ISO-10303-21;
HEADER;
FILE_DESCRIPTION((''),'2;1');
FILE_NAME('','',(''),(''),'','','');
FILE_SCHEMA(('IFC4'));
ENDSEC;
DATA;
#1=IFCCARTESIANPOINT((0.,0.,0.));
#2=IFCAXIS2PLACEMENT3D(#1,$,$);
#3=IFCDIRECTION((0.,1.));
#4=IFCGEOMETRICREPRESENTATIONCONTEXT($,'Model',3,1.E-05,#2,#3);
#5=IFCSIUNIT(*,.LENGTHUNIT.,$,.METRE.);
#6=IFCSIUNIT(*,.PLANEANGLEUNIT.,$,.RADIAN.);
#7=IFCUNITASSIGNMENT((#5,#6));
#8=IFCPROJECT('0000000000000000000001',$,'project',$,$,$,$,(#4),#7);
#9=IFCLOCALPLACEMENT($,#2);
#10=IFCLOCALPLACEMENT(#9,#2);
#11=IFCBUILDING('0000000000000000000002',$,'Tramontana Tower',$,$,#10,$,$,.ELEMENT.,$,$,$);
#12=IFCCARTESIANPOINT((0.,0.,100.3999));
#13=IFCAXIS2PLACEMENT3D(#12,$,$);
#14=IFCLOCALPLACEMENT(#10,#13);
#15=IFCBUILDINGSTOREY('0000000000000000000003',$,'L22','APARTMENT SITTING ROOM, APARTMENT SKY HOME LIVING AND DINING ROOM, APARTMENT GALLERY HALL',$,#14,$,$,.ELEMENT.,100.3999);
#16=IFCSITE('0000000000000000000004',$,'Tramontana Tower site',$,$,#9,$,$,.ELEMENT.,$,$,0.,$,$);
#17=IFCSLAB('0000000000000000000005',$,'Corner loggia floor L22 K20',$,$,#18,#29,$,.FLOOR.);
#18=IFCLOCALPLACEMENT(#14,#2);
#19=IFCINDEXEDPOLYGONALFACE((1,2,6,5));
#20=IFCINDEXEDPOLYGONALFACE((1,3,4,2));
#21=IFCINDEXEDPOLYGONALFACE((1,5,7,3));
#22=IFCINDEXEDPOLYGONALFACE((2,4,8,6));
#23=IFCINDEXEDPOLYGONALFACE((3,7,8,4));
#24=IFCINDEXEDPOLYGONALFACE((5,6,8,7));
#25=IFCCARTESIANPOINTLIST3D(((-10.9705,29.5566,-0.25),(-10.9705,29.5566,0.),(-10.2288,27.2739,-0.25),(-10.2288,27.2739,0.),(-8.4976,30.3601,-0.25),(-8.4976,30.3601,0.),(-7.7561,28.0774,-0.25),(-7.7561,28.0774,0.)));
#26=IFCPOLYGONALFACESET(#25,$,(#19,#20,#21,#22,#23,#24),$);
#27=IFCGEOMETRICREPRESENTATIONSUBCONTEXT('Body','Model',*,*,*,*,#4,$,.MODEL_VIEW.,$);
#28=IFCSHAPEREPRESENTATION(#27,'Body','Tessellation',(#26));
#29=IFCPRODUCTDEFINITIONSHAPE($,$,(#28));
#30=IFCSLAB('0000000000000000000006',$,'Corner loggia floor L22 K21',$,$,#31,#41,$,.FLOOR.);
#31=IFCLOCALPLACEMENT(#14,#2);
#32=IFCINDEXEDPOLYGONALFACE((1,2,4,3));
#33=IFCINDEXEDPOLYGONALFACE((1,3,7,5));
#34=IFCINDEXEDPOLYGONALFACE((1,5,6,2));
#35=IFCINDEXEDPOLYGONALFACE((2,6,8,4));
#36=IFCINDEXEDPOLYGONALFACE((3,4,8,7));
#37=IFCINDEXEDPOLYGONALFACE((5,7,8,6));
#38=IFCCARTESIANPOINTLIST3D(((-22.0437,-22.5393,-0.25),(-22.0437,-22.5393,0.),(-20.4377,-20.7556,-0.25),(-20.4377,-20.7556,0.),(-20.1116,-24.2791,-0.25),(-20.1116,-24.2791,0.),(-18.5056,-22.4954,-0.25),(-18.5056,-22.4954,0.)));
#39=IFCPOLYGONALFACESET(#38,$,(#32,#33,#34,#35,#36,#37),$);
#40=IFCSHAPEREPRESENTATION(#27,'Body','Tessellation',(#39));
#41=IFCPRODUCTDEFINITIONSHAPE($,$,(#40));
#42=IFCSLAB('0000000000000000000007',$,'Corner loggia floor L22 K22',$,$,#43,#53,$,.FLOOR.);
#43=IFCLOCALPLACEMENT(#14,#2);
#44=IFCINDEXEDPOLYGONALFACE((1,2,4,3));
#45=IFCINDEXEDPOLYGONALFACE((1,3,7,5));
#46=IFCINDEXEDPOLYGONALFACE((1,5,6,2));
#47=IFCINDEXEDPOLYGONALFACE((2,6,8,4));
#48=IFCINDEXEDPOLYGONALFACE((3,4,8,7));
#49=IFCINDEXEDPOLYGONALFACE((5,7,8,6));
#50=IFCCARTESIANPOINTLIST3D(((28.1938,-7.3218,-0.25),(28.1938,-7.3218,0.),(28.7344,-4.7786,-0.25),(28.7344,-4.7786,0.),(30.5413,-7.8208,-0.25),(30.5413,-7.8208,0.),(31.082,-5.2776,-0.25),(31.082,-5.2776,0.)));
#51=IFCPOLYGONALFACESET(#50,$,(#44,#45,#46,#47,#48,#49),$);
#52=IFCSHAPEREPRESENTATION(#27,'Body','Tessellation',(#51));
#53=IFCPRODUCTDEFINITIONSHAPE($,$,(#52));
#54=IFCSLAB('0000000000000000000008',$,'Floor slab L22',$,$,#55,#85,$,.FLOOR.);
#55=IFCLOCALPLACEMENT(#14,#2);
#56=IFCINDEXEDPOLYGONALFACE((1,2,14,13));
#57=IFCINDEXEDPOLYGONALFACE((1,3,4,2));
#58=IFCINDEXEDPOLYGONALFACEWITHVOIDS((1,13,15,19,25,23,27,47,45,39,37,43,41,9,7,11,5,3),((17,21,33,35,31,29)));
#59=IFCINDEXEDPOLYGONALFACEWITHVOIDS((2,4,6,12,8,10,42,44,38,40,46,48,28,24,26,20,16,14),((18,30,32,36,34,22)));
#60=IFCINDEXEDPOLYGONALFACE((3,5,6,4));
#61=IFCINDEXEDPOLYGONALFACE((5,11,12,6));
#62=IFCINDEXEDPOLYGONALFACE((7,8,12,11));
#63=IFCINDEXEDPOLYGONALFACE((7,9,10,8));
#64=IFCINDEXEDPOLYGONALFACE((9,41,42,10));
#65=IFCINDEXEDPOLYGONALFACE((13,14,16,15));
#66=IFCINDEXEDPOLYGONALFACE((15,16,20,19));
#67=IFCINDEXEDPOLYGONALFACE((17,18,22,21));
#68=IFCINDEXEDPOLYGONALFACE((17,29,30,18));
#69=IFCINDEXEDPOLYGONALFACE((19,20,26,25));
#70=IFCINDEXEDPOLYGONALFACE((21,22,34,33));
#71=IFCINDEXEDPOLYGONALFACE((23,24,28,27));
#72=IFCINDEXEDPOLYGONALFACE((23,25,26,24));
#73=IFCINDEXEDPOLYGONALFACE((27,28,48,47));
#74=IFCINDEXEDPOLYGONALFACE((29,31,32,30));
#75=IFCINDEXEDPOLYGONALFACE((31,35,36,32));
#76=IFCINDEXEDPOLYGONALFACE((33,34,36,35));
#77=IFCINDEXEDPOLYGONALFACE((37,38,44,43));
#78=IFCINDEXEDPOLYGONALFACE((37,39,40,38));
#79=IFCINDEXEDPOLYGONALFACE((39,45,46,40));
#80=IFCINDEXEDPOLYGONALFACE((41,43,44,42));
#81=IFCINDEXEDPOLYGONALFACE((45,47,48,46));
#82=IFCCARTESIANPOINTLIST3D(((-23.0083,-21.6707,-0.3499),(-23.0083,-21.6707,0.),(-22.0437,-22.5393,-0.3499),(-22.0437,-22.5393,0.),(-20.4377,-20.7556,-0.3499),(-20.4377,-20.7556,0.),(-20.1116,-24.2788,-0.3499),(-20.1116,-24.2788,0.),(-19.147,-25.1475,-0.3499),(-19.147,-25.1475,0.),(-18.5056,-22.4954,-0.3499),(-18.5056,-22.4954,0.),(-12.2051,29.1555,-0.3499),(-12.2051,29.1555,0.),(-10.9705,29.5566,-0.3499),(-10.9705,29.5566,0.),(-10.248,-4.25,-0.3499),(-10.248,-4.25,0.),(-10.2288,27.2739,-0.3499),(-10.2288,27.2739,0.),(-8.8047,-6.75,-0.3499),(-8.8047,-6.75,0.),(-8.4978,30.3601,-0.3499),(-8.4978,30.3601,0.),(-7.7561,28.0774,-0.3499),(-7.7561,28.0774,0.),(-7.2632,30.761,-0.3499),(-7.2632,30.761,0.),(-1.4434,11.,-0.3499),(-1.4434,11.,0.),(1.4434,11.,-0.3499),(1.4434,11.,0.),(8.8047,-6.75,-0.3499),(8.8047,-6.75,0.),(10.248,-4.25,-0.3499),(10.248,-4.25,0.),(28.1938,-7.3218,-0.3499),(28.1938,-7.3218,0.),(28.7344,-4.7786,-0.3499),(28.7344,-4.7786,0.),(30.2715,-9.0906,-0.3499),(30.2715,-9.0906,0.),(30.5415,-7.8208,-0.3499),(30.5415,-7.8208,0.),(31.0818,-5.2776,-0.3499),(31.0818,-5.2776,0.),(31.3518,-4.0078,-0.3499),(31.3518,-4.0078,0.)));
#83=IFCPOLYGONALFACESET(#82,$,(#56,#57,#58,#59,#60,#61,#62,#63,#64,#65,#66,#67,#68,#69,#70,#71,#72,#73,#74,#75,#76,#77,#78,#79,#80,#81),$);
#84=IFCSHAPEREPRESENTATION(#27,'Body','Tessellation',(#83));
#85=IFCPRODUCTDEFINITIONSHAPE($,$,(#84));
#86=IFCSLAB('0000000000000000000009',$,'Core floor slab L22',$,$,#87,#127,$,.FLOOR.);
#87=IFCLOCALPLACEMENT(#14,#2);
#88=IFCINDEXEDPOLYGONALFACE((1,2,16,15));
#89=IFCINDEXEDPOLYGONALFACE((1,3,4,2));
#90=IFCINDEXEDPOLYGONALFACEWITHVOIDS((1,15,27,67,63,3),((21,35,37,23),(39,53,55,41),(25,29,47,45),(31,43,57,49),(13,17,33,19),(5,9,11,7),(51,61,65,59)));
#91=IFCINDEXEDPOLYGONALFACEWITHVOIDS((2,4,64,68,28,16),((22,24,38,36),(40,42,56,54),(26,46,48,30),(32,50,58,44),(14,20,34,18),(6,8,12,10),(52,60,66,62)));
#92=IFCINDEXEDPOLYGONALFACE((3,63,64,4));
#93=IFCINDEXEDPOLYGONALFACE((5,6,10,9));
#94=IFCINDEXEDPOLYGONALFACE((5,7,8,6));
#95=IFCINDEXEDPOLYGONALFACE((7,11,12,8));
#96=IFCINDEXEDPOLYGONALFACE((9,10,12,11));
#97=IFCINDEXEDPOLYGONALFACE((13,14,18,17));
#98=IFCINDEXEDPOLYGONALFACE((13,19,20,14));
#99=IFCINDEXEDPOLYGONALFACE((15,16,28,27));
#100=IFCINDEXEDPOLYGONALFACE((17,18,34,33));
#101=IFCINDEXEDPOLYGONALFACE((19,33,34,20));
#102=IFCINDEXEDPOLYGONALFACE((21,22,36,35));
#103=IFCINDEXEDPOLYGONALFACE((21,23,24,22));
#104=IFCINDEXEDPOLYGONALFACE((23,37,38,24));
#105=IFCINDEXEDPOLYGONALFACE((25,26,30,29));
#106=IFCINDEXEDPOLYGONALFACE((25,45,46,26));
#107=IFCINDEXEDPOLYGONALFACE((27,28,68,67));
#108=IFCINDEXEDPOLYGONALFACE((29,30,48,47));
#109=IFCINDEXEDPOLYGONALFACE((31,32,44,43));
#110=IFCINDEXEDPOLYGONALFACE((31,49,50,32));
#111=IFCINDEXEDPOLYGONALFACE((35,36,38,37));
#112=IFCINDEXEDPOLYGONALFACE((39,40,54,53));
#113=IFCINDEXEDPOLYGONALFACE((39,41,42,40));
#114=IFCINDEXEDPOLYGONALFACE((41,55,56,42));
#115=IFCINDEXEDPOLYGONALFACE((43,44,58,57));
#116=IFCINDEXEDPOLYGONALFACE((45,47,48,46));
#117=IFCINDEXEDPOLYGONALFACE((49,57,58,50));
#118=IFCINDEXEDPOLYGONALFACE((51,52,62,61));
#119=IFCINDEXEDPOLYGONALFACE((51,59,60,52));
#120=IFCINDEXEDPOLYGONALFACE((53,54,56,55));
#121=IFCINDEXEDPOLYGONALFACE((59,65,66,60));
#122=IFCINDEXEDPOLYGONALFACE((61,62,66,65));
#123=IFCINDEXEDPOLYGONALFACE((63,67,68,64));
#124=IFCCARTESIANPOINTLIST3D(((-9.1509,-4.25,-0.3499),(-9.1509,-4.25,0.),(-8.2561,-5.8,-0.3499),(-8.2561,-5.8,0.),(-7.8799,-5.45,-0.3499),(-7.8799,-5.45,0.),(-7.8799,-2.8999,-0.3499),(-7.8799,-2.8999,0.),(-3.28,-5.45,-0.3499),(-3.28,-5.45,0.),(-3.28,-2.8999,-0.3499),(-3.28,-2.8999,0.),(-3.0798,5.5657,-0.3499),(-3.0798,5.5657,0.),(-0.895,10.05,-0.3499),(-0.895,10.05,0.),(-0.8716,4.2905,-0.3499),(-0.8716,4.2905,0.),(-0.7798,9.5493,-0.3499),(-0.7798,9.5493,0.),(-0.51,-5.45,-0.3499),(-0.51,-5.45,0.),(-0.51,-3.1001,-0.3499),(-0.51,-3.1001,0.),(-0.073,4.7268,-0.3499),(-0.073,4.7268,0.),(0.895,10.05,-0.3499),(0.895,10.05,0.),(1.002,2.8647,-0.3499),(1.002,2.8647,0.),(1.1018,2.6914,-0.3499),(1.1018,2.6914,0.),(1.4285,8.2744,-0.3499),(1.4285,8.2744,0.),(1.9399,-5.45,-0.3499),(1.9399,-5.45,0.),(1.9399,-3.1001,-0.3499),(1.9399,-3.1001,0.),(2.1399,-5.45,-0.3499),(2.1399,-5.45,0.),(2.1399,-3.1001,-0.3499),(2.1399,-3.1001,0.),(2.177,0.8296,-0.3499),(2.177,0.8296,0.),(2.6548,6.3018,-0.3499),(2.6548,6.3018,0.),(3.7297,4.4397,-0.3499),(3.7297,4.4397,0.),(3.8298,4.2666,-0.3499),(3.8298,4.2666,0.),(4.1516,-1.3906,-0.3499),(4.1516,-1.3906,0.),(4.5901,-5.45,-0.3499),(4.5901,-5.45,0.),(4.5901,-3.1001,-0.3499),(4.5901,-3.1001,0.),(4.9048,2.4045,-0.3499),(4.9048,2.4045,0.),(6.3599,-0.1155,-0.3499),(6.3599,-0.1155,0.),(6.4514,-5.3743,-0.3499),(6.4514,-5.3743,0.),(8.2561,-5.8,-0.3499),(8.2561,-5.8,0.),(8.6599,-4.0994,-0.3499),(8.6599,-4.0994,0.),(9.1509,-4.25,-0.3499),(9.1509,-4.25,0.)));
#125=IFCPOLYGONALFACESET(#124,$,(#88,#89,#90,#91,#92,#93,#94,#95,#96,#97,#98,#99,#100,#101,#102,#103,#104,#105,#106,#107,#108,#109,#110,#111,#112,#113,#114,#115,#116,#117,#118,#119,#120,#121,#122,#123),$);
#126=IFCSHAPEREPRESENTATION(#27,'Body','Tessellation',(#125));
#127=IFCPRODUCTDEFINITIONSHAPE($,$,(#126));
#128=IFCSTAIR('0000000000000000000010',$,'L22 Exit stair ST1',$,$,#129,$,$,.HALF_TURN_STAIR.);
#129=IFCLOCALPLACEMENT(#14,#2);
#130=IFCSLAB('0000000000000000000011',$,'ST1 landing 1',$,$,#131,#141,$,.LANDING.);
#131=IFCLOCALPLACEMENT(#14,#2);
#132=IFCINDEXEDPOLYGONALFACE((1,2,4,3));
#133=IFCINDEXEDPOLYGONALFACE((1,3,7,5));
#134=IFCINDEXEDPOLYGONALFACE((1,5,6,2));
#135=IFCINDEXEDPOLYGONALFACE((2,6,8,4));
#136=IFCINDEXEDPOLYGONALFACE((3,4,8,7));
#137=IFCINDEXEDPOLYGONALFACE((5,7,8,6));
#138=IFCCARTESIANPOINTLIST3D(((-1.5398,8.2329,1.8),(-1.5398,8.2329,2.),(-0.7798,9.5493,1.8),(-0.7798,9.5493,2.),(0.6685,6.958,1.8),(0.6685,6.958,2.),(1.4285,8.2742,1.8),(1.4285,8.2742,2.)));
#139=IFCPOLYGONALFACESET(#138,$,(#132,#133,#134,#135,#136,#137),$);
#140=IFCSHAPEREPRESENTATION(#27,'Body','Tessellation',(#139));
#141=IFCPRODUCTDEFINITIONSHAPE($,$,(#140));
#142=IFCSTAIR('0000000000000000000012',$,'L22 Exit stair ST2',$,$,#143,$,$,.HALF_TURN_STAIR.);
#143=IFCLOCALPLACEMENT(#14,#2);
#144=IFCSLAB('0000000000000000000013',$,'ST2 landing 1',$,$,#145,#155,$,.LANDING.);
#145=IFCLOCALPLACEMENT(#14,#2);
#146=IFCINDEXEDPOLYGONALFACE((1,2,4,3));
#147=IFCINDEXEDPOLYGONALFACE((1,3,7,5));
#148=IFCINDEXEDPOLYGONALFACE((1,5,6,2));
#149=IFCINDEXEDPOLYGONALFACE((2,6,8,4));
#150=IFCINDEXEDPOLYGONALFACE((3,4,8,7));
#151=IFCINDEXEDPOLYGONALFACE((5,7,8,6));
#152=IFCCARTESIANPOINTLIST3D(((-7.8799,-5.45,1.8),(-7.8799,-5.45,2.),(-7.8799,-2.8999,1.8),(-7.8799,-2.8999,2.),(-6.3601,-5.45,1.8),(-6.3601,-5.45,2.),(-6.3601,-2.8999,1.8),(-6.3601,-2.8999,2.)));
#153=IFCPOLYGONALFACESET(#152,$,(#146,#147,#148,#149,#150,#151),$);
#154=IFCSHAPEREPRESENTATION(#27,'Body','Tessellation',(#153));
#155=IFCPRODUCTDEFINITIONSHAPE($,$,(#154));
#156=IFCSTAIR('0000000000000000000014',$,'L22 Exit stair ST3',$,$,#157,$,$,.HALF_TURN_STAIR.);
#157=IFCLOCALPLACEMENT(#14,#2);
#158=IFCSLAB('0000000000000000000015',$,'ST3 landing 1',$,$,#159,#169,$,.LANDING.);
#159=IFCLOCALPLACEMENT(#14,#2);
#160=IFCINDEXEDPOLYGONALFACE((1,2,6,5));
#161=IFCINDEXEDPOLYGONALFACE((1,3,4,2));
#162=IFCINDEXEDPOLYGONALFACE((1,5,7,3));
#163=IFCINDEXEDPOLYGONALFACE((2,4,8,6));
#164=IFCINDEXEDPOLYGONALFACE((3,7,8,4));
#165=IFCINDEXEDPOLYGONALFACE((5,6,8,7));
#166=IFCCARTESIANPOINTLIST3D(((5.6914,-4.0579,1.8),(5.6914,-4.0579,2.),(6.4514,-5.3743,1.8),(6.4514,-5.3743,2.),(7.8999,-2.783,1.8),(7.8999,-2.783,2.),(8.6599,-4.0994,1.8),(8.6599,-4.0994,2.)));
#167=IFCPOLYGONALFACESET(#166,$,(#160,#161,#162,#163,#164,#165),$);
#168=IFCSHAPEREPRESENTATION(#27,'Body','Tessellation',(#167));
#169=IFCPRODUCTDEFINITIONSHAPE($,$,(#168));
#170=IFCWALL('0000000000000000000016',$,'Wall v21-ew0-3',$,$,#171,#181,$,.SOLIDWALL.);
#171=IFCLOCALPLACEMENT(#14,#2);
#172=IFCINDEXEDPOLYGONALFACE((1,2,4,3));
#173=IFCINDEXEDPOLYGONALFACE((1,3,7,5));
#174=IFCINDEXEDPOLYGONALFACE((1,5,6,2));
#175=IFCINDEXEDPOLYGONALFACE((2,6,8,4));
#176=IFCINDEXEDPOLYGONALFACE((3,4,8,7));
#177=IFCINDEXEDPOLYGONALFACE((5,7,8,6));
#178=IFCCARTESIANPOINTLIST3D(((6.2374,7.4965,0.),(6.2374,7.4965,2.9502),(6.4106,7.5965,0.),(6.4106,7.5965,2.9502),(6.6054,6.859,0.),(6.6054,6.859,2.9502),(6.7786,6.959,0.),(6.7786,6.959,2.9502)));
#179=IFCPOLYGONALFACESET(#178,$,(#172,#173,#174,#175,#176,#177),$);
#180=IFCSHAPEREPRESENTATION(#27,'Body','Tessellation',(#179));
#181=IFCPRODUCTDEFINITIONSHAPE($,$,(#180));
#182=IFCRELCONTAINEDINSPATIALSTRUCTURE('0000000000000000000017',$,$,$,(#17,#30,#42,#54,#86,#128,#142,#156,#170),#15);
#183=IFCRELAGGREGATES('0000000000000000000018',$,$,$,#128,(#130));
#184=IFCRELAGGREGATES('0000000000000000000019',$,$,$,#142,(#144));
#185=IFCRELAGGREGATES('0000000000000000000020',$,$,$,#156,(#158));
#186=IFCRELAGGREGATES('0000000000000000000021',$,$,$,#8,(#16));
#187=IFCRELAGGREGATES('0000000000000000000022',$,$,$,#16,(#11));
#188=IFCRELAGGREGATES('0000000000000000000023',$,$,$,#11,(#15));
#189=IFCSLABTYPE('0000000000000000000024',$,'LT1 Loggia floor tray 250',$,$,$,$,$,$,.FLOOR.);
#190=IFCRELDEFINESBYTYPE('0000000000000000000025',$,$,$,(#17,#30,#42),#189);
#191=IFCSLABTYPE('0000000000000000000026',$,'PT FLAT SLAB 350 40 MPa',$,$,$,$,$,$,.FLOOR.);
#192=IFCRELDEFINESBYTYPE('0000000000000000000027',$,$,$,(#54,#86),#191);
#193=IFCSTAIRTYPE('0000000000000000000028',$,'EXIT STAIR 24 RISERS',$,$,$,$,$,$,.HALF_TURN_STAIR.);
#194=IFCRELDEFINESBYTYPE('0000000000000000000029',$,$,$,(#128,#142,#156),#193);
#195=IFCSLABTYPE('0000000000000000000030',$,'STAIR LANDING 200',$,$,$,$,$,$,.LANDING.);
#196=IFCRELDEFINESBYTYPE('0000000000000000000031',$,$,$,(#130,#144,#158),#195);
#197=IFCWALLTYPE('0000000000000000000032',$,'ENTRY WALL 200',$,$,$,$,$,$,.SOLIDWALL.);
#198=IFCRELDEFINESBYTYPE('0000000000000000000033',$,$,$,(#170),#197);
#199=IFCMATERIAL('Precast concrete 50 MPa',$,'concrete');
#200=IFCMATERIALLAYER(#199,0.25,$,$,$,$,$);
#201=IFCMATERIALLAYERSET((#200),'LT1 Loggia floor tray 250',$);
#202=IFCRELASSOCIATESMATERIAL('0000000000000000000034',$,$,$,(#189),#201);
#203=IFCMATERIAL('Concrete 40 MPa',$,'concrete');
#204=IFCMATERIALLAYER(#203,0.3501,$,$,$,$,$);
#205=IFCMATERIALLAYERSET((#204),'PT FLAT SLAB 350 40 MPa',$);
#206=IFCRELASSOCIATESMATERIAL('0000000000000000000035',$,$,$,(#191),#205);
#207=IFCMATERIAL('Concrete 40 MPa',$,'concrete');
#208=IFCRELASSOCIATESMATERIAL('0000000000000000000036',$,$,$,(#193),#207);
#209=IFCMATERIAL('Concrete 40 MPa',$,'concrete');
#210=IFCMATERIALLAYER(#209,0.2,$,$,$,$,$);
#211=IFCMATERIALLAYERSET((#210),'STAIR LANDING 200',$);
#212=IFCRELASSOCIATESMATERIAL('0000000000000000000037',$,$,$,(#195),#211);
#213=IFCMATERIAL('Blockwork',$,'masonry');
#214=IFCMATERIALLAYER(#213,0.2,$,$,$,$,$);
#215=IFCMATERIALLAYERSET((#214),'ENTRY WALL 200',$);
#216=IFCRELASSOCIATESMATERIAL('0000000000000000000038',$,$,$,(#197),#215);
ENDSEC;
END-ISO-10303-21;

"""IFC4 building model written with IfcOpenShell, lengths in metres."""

from ifc_helpers import new_model, si_unit, direction, frame, frame_2d, origin, place, context, subcontext, project, spatial, polyline, rectangle, outline, extrude, material, layer, layer_set, type_object, element, aggregate, save


model = new_model("IFC4")

# Units and contexts
model_context = context("Model", 3, precision=1e-05, world=origin(), true_north=direction((0.0, 1.0)))
body_context = subcontext(model_context, "Body", "Model", "MODEL_VIEW")
ifc_project = project(units=[si_unit("LENGTHUNIT", "METRE"), si_unit("PLANEANGLEUNIT", "RADIAN")], contexts=[model_context])

# Site, building, storey
site_placement = place(None, origin())
site = spatial("IfcSite", under=ifc_project, at=site_placement, Name="Tramontana Tower site", CompositionType="ELEMENT", RefElevation=0.0)
building_placement = place(site_placement, origin())
building = spatial("IfcBuilding", under=site, at=building_placement, Name="Tramontana Tower", CompositionType="ELEMENT")
storey_placement = place(building_placement, frame((0.0, 0.0, 100.3999)))
storey = spatial("IfcBuildingStorey", under=building, at=storey_placement, Name="L22", Description="APARTMENT SITTING ROOM, APARTMENT SKY HOME LIVING AND DINING ROOM, APARTMENT GALLERY HALL", CompositionType="ELEMENT", Elevation=100.3999)

# Slabs
ifc_material_1 = material(Name="Precast concrete 50 MPa", Category="concrete")
ifc_layer_1 = layer(ifc_material_1, 0.25)
ifc_layer_set_1 = layer_set([ifc_layer_1], Name="LT1 Loggia floor tray 250")
slab_type_1 = type_object("IfcSlabType", Name="LT1 Loggia floor tray 250", PredefinedType="FLOOR", material=ifc_layer_set_1)
slab_1_placement = place(storey_placement, frame((0.0, 0.0, -0.25)))
element("IfcSlab", 1, at=slab_1_placement, inside=storey, type_object=slab_type_1, Name="Corner loggia floor L22 K20", PredefinedType="FLOOR", context=body_context, shape_type="SweptSolid", body=[
    extrude(outline(polyline([(-8.4976, 30.3601), (-7.7561, 28.0774), (-10.2288, 27.2739), (-10.9705, 29.5566), (-8.4976, 30.3601)])), origin(), (0.0, 0.0, 1.0), 0.25),
])
slab_2_placement = place(storey_placement, frame((0.0, 0.0, -0.25)))
element("IfcSlab", 2, at=slab_2_placement, inside=storey, type_object=slab_type_1, Name="Corner loggia floor L22 K21", PredefinedType="FLOOR", context=body_context, shape_type="SweptSolid", body=[
    extrude(outline(polyline([(-22.0437, -22.5393), (-20.4377, -20.7556), (-18.5056, -22.4954), (-20.1116, -24.2791), (-22.0437, -22.5393)])), origin(), (0.0, 0.0, 1.0), 0.25),
])
slab_3_placement = place(storey_placement, frame((0.0, 0.0, -0.25)))
element("IfcSlab", 3, at=slab_3_placement, inside=storey, type_object=slab_type_1, Name="Corner loggia floor L22 K22", PredefinedType="FLOOR", context=body_context, shape_type="SweptSolid", body=[
    extrude(outline(polyline([(30.5413, -7.8208), (28.1938, -7.3218), (28.7344, -4.7786), (31.082, -5.2776), (30.5413, -7.8208)])), origin(), (0.0, 0.0, 1.0), 0.25),
])
ifc_material_2 = material(Name="Concrete 40 MPa", Category="concrete")
ifc_layer_2 = layer(ifc_material_2, 0.3501)
ifc_layer_set_2 = layer_set([ifc_layer_2], Name="PT FLAT SLAB 350 40 MPa")
slab_type_2 = type_object("IfcSlabType", Name="PT FLAT SLAB 350 40 MPa", PredefinedType="FLOOR", material=ifc_layer_set_2)
slab_4_placement = place(storey_placement, frame((0.0, 0.0, -0.3499)))
element("IfcSlab", 4, at=slab_4_placement, inside=storey, type_object=slab_type_2, Name="Floor slab L22", PredefinedType="FLOOR", context=body_context, shape_type="SweptSolid", body=[
    extrude(outline(polyline([(31.0818, -5.2776), (28.7344, -4.7786), (28.1938, -7.3218), (30.5415, -7.8208), (30.2715, -9.0906), (-19.147, -25.1475), (-20.1116, -24.2788), (-18.5056, -22.4954), (-20.4377, -20.7556), (-22.0437, -22.5393), (-23.0083, -21.6707), (-12.2051, 29.1555), (-10.9705, 29.5566), (-10.2288, 27.2739), (-7.7561, 28.0774), (-8.4978, 30.3601), (-7.2632, 30.761), (31.3518, -4.0078), (31.0818, -5.2776)]), holes=[polyline([(-10.248, -4.25), (-8.8047, -6.75), (8.8047, -6.75), (10.248, -4.25), (1.4434, 11.0), (-1.4434, 11.0), (-10.248, -4.25)])]), origin(), (0.0, 0.0, 1.0), 0.3499),
])
slab_5_placement = place(storey_placement, frame((0.0, 0.0, -0.3499)))
element("IfcSlab", 5, at=slab_5_placement, inside=storey, type_object=slab_type_2, Name="Core floor slab L22", PredefinedType="FLOOR", context=body_context, shape_type="SweptSolid", body=[
    extrude(outline(polyline([(9.1509, -4.25), (8.2561, -5.8), (-8.2561, -5.8), (-9.1509, -4.25), (-0.895, 10.05), (0.895, 10.05), (9.1509, -4.25)]), holes=[polyline([(8.6599, -4.0994), (6.3599, -0.1155), (4.1516, -1.3906), (6.4514, -5.3743), (8.6599, -4.0994)]), polyline([(3.8298, 4.2666), (1.1018, 2.6914), (2.177, 0.8296), (4.9048, 2.4045), (3.8298, 4.2666)]), polyline([(4.5901, -3.1001), (2.1399, -3.1001), (2.1399, -5.45), (4.5901, -5.45), (4.5901, -3.1001)]), polyline([(2.6548, 6.3018), (-0.073, 4.7268), (1.002, 2.8647), (3.7297, 4.4397), (2.6548, 6.3018)]), polyline([(1.9399, -5.45), (1.9399, -3.1001), (-0.51, -3.1001), (-0.51, -5.45), (1.9399, -5.45)]), polyline([(-0.7798, 9.5493), (-3.0798, 5.5657), (-0.8716, 4.2905), (1.4285, 8.2744), (-0.7798, 9.5493)]), polyline([(-7.8799, -5.45), (-3.28, -5.45), (-3.28, -2.8999), (-7.8799, -2.8999), (-7.8799, -5.45)])]), origin(), (0.0, 0.0, 1.0), 0.3499),
])

# Stairs, slabs
ifc_material_3 = material(Name="Concrete 40 MPa", Category="concrete")
stair_type = type_object("IfcStairType", Name="EXIT STAIR 24 RISERS", PredefinedType="HALF_TURN_STAIR", material=ifc_material_3)
stair_1_placement = place(storey_placement, origin())
stair_1 = element("IfcStair", 6, at=stair_1_placement, inside=storey, type_object=stair_type, Name="L22 Exit stair ST1", PredefinedType="HALF_TURN_STAIR")
ifc_material_4 = material(Name="Concrete 40 MPa", Category="concrete")
ifc_layer_3 = layer(ifc_material_4, 0.2)
ifc_layer_set_3 = layer_set([ifc_layer_3], Name="STAIR LANDING 200")
slab_type_3 = type_object("IfcSlabType", Name="STAIR LANDING 200", PredefinedType="LANDING", material=ifc_layer_set_3)
slab_6_placement = place(storey_placement, frame((0.0, 0.0, 1.8)))
slab_6 = element("IfcSlab", 7, at=slab_6_placement, type_object=slab_type_3, Name="ST1 landing 1", PredefinedType="LANDING", context=body_context, shape_type="SweptSolid", body=[
    extrude(outline(polyline([(0.6685, 6.958), (1.4285, 8.2742), (-0.7798, 9.5493), (-1.5398, 8.2329), (0.6685, 6.958)])), origin(), (0.0, 0.0, 1.0), 0.2),
])
aggregate(stair_1, [slab_6])
stair_2_placement = place(storey_placement, origin())
stair_2 = element("IfcStair", 8, at=stair_2_placement, inside=storey, type_object=stair_type, Name="L22 Exit stair ST2", PredefinedType="HALF_TURN_STAIR")
slab_7_placement = place(storey_placement, frame((0.0, 0.0, 1.8)))
slab_7 = element("IfcSlab", 9, at=slab_7_placement, type_object=slab_type_3, Name="ST2 landing 1", PredefinedType="LANDING", context=body_context, shape_type="SweptSolid", body=[
    extrude(outline(polyline([(-6.3601, -2.8999), (-7.8799, -2.8999), (-7.8799, -5.45), (-6.3601, -5.45), (-6.3601, -2.8999)])), origin(), (0.0, 0.0, 1.0), 0.2),
])
aggregate(stair_2, [slab_7])
stair_3_placement = place(storey_placement, origin())
stair_3 = element("IfcStair", 10, at=stair_3_placement, inside=storey, type_object=stair_type, Name="L22 Exit stair ST3", PredefinedType="HALF_TURN_STAIR")
slab_8_placement = place(storey_placement, frame((0.0, 0.0, 1.8)))
slab_8 = element("IfcSlab", 11, at=slab_8_placement, type_object=slab_type_3, Name="ST3 landing 1", PredefinedType="LANDING", context=body_context, shape_type="SweptSolid", body=[
    extrude(outline(polyline([(5.6914, -4.0579), (6.4514, -5.3743), (8.6599, -4.0994), (7.8999, -2.783), (5.6914, -4.0579)])), origin(), (0.0, 0.0, 1.0), 0.2),
])

# Wall
ifc_material_5 = material(Name="Blockwork", Category="masonry")
ifc_layer_4 = layer(ifc_material_5, 0.2)
ifc_layer_set_4 = layer_set([ifc_layer_4], Name="ENTRY WALL 200")
wall_type_1 = type_object("IfcWallType", Name="ENTRY WALL 200", PredefinedType="SOLIDWALL", material=ifc_layer_set_4)
wall_1_placement = place(storey_placement, frame((6.324, 7.5466, 0.0), z_axis=(0.0, 0.0, 1.0), x_axis=(0.499885, -0.866092, 0.0)))
element("IfcWall", 12, at=wall_1_placement, inside=storey, type_object=wall_type_1, Name="Wall v21-ew0-3", PredefinedType="SOLIDWALL", context=body_context, shape_type="SweptSolid", body=[
    extrude(rectangle(XDim=0.7361, YDim=0.2, at=frame_2d((0.3682, 0.0))), origin(), (0.0, 0.0, 1.0), 2.9502),
])

aggregate(stair_3, [slab_8])

save(model, "model.ifc")
